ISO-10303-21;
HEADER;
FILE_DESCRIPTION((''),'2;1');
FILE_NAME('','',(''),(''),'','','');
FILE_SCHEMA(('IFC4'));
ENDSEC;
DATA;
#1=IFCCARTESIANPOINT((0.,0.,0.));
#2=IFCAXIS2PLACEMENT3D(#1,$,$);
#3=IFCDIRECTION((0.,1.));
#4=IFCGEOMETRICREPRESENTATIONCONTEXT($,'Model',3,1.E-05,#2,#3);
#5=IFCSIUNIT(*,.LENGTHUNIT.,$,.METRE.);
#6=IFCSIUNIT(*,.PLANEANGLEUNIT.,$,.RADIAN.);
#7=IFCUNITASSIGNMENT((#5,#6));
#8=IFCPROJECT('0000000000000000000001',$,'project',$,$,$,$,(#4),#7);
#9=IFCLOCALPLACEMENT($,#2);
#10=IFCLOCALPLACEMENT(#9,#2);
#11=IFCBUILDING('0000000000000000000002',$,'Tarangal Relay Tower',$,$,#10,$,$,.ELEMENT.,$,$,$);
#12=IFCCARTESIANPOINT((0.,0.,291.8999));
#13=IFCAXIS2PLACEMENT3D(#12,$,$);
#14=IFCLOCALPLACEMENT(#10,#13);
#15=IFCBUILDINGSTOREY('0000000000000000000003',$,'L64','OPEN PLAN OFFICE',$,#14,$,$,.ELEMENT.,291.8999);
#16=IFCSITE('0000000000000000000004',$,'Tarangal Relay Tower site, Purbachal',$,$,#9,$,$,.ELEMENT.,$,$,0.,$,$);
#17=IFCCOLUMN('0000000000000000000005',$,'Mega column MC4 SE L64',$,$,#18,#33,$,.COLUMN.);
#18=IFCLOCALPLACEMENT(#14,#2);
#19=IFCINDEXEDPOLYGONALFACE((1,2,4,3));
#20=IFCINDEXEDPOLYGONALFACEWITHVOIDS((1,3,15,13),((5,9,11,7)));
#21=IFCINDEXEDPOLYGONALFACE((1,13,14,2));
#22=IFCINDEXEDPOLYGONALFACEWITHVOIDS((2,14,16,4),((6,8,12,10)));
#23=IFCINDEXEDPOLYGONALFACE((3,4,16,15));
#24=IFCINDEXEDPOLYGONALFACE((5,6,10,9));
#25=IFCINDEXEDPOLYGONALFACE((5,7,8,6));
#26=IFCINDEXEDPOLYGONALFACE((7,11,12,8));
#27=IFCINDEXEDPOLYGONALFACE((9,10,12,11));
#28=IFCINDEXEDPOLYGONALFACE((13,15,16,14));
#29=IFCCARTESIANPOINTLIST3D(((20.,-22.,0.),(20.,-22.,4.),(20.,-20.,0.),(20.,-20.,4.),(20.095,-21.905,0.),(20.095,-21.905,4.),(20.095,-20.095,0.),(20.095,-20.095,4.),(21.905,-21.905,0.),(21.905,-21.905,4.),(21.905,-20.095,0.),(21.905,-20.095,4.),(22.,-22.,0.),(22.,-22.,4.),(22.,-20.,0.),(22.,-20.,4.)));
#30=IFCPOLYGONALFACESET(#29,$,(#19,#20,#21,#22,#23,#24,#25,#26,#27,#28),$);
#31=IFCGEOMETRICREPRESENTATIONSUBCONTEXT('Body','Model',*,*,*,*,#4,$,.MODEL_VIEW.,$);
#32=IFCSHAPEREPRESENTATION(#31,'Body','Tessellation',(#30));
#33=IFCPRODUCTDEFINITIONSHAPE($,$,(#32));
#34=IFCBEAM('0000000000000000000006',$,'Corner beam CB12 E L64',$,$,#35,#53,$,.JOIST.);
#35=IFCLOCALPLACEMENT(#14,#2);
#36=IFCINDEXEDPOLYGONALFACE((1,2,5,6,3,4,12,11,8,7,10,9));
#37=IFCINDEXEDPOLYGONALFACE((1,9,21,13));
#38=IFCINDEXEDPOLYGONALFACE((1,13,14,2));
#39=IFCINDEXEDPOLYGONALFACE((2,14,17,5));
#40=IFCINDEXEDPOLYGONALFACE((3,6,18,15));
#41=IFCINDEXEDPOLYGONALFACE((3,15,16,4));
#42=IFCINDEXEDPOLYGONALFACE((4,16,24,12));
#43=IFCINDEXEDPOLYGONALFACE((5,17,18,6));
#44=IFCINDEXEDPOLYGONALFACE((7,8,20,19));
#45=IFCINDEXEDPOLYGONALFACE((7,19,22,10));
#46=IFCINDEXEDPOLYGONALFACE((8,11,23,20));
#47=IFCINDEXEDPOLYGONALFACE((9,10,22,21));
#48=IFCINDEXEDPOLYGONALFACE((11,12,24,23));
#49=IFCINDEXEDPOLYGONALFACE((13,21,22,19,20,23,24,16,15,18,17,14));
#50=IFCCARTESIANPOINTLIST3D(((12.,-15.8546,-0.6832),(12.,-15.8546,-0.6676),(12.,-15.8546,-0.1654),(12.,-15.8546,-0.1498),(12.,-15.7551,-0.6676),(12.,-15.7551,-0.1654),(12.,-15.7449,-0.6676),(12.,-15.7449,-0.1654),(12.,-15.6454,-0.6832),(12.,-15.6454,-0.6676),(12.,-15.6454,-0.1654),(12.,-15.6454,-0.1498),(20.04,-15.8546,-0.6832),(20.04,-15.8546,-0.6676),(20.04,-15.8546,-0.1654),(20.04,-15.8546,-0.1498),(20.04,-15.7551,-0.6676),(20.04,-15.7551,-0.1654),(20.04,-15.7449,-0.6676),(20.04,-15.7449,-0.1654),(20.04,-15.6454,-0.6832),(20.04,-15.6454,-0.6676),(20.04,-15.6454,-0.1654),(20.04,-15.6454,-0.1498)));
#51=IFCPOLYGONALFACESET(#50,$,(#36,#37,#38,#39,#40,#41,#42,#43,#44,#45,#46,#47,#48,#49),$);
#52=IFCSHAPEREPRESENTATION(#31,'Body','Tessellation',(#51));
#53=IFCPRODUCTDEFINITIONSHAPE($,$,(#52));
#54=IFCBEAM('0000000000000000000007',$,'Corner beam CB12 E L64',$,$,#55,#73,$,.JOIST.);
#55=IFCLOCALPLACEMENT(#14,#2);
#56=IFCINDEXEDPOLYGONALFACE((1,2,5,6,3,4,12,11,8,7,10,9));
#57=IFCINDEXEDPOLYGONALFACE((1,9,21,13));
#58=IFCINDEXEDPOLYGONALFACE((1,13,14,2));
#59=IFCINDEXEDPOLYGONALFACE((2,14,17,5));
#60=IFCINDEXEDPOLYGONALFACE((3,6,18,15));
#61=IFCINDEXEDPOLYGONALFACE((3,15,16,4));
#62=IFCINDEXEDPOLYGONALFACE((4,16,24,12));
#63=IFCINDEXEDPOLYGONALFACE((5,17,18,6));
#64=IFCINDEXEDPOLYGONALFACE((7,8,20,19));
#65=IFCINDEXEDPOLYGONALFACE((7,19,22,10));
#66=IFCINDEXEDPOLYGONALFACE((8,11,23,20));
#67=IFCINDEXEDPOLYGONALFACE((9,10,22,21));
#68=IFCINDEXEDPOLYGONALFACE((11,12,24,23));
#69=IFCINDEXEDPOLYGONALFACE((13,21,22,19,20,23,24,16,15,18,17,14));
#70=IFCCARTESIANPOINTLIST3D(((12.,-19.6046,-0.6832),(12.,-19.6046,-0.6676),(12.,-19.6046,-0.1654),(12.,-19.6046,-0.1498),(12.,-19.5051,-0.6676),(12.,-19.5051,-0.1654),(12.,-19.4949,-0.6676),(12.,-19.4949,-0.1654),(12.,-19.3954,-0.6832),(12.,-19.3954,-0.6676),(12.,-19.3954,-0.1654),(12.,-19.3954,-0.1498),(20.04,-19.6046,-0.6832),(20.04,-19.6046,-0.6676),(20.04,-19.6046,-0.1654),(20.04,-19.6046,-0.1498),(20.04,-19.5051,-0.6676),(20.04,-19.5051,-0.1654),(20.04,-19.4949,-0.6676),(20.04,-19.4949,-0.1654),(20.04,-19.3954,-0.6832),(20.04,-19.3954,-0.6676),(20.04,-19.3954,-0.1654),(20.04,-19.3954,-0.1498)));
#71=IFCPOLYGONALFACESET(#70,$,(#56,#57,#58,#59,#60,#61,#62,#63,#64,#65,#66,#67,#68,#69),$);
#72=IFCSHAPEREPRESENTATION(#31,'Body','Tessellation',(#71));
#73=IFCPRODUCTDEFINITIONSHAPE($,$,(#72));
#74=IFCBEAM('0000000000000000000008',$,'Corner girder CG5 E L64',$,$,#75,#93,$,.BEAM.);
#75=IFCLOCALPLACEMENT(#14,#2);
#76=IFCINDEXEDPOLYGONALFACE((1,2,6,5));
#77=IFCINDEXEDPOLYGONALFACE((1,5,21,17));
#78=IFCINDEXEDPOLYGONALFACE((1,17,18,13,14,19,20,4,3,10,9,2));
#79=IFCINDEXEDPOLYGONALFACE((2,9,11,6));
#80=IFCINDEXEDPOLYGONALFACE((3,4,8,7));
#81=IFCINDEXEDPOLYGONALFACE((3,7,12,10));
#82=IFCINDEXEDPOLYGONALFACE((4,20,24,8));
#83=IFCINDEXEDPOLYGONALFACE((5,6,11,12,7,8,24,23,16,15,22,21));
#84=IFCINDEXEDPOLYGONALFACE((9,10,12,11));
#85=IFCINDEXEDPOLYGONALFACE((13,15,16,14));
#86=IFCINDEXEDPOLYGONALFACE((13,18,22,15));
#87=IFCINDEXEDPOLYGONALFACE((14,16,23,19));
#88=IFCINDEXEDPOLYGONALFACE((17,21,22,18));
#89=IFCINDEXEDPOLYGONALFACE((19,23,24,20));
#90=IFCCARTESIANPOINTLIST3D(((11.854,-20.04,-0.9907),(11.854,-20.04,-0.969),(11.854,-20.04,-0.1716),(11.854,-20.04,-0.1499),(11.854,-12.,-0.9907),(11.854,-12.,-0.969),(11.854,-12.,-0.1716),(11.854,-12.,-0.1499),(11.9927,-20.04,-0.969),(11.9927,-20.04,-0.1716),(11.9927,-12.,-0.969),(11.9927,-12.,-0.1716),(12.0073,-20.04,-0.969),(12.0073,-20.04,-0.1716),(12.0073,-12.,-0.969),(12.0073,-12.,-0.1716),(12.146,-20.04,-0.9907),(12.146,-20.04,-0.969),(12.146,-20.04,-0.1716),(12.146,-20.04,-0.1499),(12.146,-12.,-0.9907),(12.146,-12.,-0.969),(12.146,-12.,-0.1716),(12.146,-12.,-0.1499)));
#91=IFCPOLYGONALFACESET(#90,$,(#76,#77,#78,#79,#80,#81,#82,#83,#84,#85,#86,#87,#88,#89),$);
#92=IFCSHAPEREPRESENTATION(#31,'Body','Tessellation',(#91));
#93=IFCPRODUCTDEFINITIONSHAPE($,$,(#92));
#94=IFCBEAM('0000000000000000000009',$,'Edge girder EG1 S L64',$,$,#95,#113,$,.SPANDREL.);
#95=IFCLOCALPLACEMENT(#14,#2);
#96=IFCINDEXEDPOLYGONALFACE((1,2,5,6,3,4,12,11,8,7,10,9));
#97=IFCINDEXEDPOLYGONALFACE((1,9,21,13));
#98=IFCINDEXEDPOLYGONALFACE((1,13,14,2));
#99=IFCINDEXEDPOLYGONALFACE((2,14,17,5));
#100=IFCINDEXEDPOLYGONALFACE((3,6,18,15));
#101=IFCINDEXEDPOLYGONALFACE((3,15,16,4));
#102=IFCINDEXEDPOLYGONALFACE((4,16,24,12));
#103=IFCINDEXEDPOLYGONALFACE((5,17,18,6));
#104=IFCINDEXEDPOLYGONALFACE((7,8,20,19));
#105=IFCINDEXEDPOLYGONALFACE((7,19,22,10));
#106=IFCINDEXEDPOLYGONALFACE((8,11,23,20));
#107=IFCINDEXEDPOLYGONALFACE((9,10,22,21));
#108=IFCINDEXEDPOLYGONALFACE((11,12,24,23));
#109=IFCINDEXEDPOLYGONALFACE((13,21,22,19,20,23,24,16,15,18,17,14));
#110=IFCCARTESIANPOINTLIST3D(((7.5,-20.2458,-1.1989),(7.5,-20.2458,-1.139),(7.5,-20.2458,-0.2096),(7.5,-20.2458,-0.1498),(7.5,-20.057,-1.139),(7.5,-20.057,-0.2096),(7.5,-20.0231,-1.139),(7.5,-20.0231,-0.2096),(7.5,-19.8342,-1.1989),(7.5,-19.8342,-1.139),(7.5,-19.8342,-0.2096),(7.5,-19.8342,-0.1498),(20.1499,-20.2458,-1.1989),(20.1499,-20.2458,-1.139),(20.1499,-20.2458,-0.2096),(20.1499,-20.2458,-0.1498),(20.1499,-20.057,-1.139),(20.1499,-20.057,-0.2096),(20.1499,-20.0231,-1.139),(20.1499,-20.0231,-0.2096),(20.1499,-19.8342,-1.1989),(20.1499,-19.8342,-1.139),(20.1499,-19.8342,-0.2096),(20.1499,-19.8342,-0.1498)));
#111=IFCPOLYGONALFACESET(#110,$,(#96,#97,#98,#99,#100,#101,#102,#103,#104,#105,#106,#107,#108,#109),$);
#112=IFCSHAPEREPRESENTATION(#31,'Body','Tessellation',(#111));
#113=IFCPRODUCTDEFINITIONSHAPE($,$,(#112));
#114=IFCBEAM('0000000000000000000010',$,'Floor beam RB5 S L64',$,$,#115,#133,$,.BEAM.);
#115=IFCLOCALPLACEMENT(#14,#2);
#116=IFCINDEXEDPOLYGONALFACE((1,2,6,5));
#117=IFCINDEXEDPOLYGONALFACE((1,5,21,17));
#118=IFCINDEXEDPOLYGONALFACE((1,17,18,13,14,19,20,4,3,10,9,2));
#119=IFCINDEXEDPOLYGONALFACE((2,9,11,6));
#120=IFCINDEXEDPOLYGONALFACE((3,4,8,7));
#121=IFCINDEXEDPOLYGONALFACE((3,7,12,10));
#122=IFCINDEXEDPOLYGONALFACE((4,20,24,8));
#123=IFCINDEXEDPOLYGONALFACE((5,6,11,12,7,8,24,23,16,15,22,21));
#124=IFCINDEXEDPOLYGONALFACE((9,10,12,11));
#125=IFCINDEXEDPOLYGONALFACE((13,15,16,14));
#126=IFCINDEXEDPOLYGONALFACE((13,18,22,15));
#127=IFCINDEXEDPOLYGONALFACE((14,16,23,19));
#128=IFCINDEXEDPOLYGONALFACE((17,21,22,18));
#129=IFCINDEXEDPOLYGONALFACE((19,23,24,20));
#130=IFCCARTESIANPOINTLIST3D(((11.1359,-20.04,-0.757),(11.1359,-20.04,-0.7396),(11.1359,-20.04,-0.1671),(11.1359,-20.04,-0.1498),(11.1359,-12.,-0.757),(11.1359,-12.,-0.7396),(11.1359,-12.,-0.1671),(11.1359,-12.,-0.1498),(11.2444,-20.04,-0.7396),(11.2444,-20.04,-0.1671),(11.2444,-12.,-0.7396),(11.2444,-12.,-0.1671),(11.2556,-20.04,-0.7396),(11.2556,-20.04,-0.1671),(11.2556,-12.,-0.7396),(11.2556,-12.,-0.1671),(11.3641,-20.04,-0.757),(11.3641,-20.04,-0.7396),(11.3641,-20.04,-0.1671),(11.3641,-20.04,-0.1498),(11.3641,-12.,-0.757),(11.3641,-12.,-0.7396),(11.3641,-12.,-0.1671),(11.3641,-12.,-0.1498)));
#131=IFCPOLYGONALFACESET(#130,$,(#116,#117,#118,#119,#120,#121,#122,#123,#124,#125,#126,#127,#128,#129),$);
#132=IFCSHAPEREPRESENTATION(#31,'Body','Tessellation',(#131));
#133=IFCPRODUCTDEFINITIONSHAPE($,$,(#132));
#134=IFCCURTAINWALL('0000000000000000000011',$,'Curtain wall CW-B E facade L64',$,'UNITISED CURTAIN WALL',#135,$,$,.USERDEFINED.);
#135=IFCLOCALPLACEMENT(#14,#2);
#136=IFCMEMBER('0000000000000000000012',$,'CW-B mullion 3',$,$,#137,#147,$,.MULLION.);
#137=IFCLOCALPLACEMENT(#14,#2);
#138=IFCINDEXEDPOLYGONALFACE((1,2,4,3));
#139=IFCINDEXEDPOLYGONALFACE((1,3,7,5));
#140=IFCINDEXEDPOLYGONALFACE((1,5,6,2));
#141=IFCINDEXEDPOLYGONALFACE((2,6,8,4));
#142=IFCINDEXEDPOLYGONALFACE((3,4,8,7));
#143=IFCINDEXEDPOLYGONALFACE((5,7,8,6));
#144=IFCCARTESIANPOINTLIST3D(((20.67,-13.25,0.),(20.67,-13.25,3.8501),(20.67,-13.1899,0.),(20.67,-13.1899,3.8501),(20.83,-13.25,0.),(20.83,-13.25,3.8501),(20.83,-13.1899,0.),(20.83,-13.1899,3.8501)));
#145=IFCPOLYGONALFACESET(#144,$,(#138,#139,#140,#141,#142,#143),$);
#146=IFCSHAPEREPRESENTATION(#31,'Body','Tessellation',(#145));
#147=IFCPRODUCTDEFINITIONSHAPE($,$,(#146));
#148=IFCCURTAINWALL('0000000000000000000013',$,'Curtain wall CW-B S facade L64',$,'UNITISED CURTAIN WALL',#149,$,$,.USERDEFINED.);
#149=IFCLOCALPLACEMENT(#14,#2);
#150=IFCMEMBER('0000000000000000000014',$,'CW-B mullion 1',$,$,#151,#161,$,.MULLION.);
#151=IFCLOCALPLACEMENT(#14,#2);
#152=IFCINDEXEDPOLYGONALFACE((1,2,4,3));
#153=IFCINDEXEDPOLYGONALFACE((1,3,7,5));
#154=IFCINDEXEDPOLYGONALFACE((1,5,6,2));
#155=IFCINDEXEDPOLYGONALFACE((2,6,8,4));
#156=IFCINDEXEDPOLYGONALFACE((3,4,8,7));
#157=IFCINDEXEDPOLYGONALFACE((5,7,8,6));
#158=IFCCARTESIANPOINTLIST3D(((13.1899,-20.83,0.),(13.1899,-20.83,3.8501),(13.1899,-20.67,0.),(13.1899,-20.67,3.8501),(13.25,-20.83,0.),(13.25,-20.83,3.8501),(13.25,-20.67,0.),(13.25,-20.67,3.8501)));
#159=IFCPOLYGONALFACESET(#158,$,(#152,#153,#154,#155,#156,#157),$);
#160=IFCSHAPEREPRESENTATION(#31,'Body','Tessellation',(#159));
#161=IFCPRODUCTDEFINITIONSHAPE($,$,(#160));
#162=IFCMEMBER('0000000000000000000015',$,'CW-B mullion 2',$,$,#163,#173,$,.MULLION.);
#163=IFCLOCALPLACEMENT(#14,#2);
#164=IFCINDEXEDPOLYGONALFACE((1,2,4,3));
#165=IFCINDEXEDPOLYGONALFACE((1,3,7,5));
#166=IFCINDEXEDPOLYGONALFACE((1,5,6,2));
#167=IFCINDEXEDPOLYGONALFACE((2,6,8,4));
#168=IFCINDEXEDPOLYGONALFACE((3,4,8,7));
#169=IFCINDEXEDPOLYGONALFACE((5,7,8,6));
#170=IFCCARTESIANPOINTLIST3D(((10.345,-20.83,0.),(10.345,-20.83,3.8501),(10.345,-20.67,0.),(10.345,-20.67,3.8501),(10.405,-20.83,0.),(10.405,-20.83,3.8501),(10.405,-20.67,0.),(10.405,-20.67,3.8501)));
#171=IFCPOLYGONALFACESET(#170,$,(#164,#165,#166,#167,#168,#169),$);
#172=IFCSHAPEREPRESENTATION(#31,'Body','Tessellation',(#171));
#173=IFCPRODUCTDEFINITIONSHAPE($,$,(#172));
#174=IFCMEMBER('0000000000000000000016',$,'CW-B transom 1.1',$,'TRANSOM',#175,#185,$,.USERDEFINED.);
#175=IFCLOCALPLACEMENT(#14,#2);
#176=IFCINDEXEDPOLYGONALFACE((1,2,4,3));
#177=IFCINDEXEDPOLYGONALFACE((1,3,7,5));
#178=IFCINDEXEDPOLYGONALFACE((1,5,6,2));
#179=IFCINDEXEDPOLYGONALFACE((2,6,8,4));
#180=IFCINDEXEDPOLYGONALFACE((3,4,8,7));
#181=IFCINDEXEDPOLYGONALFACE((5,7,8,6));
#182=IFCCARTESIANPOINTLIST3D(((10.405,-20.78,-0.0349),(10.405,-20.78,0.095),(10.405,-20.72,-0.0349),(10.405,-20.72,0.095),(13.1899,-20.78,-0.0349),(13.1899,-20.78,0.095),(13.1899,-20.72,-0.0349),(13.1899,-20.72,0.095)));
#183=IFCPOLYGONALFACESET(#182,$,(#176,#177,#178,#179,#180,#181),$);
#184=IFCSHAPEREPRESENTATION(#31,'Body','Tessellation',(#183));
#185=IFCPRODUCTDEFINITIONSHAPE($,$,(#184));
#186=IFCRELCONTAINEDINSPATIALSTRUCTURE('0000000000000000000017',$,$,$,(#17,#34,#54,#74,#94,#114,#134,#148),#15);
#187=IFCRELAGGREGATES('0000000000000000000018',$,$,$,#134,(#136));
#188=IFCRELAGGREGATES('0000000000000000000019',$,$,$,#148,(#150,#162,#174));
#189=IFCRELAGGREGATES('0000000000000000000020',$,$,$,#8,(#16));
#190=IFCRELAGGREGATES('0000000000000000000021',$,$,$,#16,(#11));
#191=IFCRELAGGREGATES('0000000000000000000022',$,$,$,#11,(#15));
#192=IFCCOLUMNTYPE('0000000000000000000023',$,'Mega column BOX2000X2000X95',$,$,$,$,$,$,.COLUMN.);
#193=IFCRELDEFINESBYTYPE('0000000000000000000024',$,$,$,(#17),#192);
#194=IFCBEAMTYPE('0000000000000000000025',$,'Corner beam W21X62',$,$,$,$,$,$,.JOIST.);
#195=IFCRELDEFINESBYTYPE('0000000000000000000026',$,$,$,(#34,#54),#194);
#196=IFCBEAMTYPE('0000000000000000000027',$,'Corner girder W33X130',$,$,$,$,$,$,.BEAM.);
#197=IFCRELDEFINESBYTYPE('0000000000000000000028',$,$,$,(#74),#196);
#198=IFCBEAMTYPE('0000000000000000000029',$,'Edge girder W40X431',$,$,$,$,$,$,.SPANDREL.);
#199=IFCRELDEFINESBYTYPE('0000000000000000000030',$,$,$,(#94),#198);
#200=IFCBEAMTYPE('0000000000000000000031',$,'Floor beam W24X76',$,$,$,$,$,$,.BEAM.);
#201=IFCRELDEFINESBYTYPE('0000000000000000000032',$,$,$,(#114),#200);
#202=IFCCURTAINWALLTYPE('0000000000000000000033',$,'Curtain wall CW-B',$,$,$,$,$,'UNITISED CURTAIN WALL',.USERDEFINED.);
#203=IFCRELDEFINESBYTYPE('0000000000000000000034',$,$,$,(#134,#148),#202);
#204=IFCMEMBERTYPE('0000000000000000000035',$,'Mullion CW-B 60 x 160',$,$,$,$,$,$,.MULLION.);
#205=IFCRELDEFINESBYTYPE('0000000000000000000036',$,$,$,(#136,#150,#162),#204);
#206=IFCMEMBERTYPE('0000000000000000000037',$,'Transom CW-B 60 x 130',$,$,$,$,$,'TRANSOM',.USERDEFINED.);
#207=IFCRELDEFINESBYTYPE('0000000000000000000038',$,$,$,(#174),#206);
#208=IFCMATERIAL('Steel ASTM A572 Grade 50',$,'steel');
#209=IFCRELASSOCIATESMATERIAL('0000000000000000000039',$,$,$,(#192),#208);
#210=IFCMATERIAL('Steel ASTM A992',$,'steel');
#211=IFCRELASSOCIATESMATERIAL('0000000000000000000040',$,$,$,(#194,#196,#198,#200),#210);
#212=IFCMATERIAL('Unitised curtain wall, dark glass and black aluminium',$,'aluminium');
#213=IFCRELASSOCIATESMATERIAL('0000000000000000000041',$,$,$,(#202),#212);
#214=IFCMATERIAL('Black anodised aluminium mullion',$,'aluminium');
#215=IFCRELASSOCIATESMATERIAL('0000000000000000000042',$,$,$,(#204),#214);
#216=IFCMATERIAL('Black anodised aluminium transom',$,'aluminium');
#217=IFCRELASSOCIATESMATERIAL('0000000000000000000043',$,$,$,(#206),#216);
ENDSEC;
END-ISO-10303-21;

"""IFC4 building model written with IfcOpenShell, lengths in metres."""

from ifc_helpers import new_model, si_unit, direction, frame, origin, origin_2d, place, context, subcontext, project, spatial, rectangle, hollow_rectangle, i_section, extrude, material, material_profile, profile_set, type_object, element, aggregate, save


model = new_model("IFC4")

# Units and contexts
model_context = context("Model", 3, precision=1e-05, world=origin(), true_north=direction((0.0, 1.0)))
body_context = subcontext(model_context, "Body", "Model", "MODEL_VIEW")
ifc_project = project(units=[si_unit("LENGTHUNIT", "METRE"), si_unit("PLANEANGLEUNIT", "RADIAN")], contexts=[model_context])

# Site, building, storey
site_placement = place(None, origin())
site = spatial("IfcSite", under=ifc_project, at=site_placement, Name="Tarangal Relay Tower site, Purbachal", CompositionType="ELEMENT", RefElevation=0.0)
building_placement = place(site_placement, origin())
building = spatial("IfcBuilding", under=site, at=building_placement, Name="Tarangal Relay Tower", CompositionType="ELEMENT")
storey_placement = place(building_placement, frame((0.0, 0.0, 291.8999)))
storey = spatial("IfcBuildingStorey", under=building, at=storey_placement, Name="L64", Description="OPEN PLAN OFFICE", CompositionType="ELEMENT", Elevation=291.8999)

# Column
ifc_material_1 = material(Name="Steel ASTM A572 Grade 50", Category="steel")
ifc_material_profile_1 = material_profile(ifc_material_1, hollow_rectangle(XDim=2.0, YDim=2.0, WallThickness=0.095, at=origin_2d()), Name="BOX2000X2000X95")
ifc_profile_set_1 = profile_set([ifc_material_profile_1], Name="Steel ASTM A572 Grade 50")
column_type = type_object("IfcColumnType", Name="Mega column BOX2000X2000X95", PredefinedType="COLUMN", material=ifc_profile_set_1)
column_placement = place(storey_placement, frame((21.0, -21.0, 0.0), z_axis=(0.0, 0.0, 1.0), x_axis=(1.0, 0.0, 0.0)))
element("IfcColumn", 1, at=column_placement, inside=storey, type_object=column_type, Name="Mega column MC4 SE L64", PredefinedType="COLUMN", context=body_context, shape_type="SweptSolid", body=[
    extrude(hollow_rectangle(XDim=2.0, YDim=2.0, WallThickness=0.095, at=origin_2d()), origin(), (0.0, 0.0, 1.0), 4.0),
])

# Beams
ifc_material_2 = material(Name="Steel ASTM A992", Category="steel")
ifc_material_profile_2 = material_profile(ifc_material_2, i_section(OverallWidth=0.2092, OverallDepth=0.5334, WebThickness=0.0103, FlangeThickness=0.0156, at=origin_2d()), Name="W21X62")
ifc_profile_set_2 = profile_set([ifc_material_profile_2], Name="Steel ASTM A992")
beam_type_1 = type_object("IfcBeamType", Name="Corner beam W21X62", PredefinedType="JOIST", material=ifc_profile_set_2)
for number, where, z_axis, x_axis, name in (
    (2, (12.0, -15.75, -0.4165), (1.0, 0.0, 0.0), (0.0, 1.0, 0.0), "Corner beam CB12 E L64"),
    (3, (12.0, -19.5, -0.4165), (1.0, 0.0, 0.0), (0.0, 1.0, 0.0), "Corner beam CB12 E L64"),
):
    element("IfcBeam", number, at=place(storey_placement, frame(where, z_axis=z_axis, x_axis=x_axis)), inside=storey, type_object=beam_type_1, Name=name, PredefinedType="JOIST", context=body_context, shape_type="SweptSolid", body=[
        extrude(i_section(OverallWidth=0.2092, OverallDepth=0.5334, WebThickness=0.0103, FlangeThickness=0.0156, at=origin_2d()), origin(), (0.0, 0.0, 1.0), 8.04),
    ])
ifc_material_profile_3 = material_profile(ifc_material_2, i_section(OverallWidth=0.292, OverallDepth=0.8408, WebThickness=0.0146, FlangeThickness=0.0217, at=origin_2d()), Name="W33X130")
ifc_profile_set_3 = profile_set([ifc_material_profile_3], Name="Steel ASTM A992")
beam_type_2 = type_object("IfcBeamType", Name="Corner girder W33X130", PredefinedType="BEAM", material=ifc_profile_set_3)
beam_1_placement = place(storey_placement, frame((12.0, -12.0, -0.5703), z_axis=(0.0, -1.0, 0.0), x_axis=(1.0, 0.0, 0.0)))
element("IfcBeam", 4, at=beam_1_placement, inside=storey, type_object=beam_type_2, Name="Corner girder CG5 E L64", PredefinedType="BEAM", context=body_context, shape_type="SweptSolid", body=[
    extrude(i_section(OverallWidth=0.292, OverallDepth=0.8408, WebThickness=0.0146, FlangeThickness=0.0217, at=origin_2d()), origin(), (0.0, 0.0, 1.0), 8.04),
])
ifc_material_profile_4 = material_profile(ifc_material_2, i_section(OverallWidth=0.4116, OverallDepth=1.0491, WebThickness=0.0339, FlangeThickness=0.0598, at=origin_2d()), Name="W40X431")
ifc_profile_set_4 = profile_set([ifc_material_profile_4], Name="Steel ASTM A992")
beam_type_3 = type_object("IfcBeamType", Name="Edge girder W40X431", PredefinedType="SPANDREL", material=ifc_profile_set_4)
beam_2_placement = place(storey_placement, frame((20.1499, -20.04, -0.6743), z_axis=(-1.0, 0.0, 0.0), x_axis=(0.0, -1.0, 0.0)))
element("IfcBeam", 5, at=beam_2_placement, inside=storey, type_object=beam_type_3, Name="Edge girder EG1 S L64", PredefinedType="SPANDREL", context=body_context, shape_type="SweptSolid", body=[
    extrude(i_section(OverallWidth=0.4116, OverallDepth=1.0491, WebThickness=0.0339, FlangeThickness=0.0598, at=origin_2d()), origin(), (0.0, 0.0, 1.0), 12.6499),
])
ifc_material_profile_5 = material_profile(ifc_material_2, i_section(OverallWidth=0.2283, OverallDepth=0.6072, WebThickness=0.0112, FlangeThickness=0.0173, at=origin_2d()), Name="W24X76")
ifc_profile_set_5 = profile_set([ifc_material_profile_5], Name="Steel ASTM A992")
beam_type_4 = type_object("IfcBeamType", Name="Floor beam W24X76", PredefinedType="BEAM", material=ifc_profile_set_5)
beam_3_placement = place(storey_placement, frame((11.25, -12.0, -0.4534), z_axis=(0.0, -1.0, 0.0), x_axis=(1.0, 0.0, 0.0)))
element("IfcBeam", 6, at=beam_3_placement, inside=storey, type_object=beam_type_4, Name="Floor beam RB5 S L64", PredefinedType="BEAM", context=body_context, shape_type="SweptSolid", body=[
    extrude(i_section(OverallWidth=0.2283, OverallDepth=0.6072, WebThickness=0.0112, FlangeThickness=0.0173, at=origin_2d()), origin(), (0.0, 0.0, 1.0), 8.04),
])

# Curtain wall, member
ifc_material_3 = material(Name="Unitised curtain wall, dark glass and black aluminium", Category="aluminium")
curtain_wall_type = type_object("IfcCurtainWallType", Name="Curtain wall CW-B", ElementType="UNITISED CURTAIN WALL", PredefinedType="USERDEFINED", material=ifc_material_3)
curtain_wall_1_placement = place(storey_placement, origin())
curtain_wall_1 = element("IfcCurtainWall", 7, at=curtain_wall_1_placement, inside=storey, type_object=curtain_wall_type, Name="Curtain wall CW-B E facade L64", ObjectType="UNITISED CURTAIN WALL", PredefinedType="USERDEFINED")
ifc_material_4 = material(Name="Black anodised aluminium mullion", Category="aluminium")
ifc_material_profile_6 = material_profile(ifc_material_4, rectangle(XDim=0.1599, YDim=0.0601, at=origin_2d()), Name="CW-BM 60X160")
ifc_profile_set_6 = profile_set([ifc_material_profile_6], Name="Black anodised aluminium mullion")
member_type_1 = type_object("IfcMemberType", Name="Mullion CW-B 60 x 160", PredefinedType="MULLION", material=ifc_profile_set_6)
member_1_placement = place(storey_placement, frame((20.75, -13.22, 0.0), z_axis=(0.0, 0.0, 1.0), x_axis=(1.0, 0.0, 0.0)))
member_1 = element("IfcMember", 8, at=member_1_placement, type_object=member_type_1, Name="CW-B mullion 3", PredefinedType="MULLION", context=body_context, shape_type="SweptSolid", body=[
    extrude(rectangle(XDim=0.1599, YDim=0.0601, at=origin_2d()), origin(), (0.0, 0.0, 1.0), 3.8501),
])

# Curtain wall, members
curtain_wall_2_placement = place(storey_placement, origin())
curtain_wall_2 = element("IfcCurtainWall", 9, at=curtain_wall_2_placement, inside=storey, type_object=curtain_wall_type, Name="Curtain wall CW-B S facade L64", ObjectType="UNITISED CURTAIN WALL", PredefinedType="USERDEFINED")
member_2_placement = place(storey_placement, frame((13.22, -20.75, 0.0), z_axis=(0.0, 0.0, 1.0), x_axis=(0.0, -1.0, 0.0)))
member_2 = element("IfcMember", 10, at=member_2_placement, type_object=member_type_1, Name="CW-B mullion 1", PredefinedType="MULLION", context=body_context, shape_type="SweptSolid", body=[
    extrude(rectangle(XDim=0.1599, YDim=0.0601, at=origin_2d()), origin(), (0.0, 0.0, 1.0), 3.8501),
])
member_3_placement = place(storey_placement, frame((10.375, -20.75, 0.0), z_axis=(0.0, 0.0, 1.0), x_axis=(0.0, -1.0, 0.0)))
member_3 = element("IfcMember", 11, at=member_3_placement, type_object=member_type_1, Name="CW-B mullion 2", PredefinedType="MULLION", context=body_context, shape_type="SweptSolid", body=[
    extrude(rectangle(XDim=0.1599, YDim=0.0601, at=origin_2d()), origin(), (0.0, 0.0, 1.0), 3.8501),
])
ifc_material_5 = material(Name="Black anodised aluminium transom", Category="aluminium")
ifc_material_profile_7 = material_profile(ifc_material_5, rectangle(XDim=0.0601, YDim=0.1299, at=origin_2d()), Name="CW-BT 60X130")
ifc_profile_set_7 = profile_set([ifc_material_profile_7], Name="Black anodised aluminium transom")
member_type_2 = type_object("IfcMemberType", Name="Transom CW-B 60 x 130", ElementType="TRANSOM", PredefinedType="USERDEFINED", material=ifc_profile_set_7)
member_4_placement = place(storey_placement, frame((13.1899, -20.75, 0.03), z_axis=(-1.0, 0.0, 0.0), x_axis=(0.0, -1.0, 0.0)))
member_4 = element("IfcMember", 12, at=member_4_placement, type_object=member_type_2, Name="CW-B transom 1.1", ObjectType="TRANSOM", PredefinedType="USERDEFINED", context=body_context, shape_type="SweptSolid", body=[
    extrude(rectangle(XDim=0.0601, YDim=0.1299, at=origin_2d()), origin(), (0.0, 0.0, 1.0), 2.7849),
])

aggregate(curtain_wall_1, [member_1])
aggregate(curtain_wall_2, [member_2, member_3, member_4])

save(model, "model.ifc")
